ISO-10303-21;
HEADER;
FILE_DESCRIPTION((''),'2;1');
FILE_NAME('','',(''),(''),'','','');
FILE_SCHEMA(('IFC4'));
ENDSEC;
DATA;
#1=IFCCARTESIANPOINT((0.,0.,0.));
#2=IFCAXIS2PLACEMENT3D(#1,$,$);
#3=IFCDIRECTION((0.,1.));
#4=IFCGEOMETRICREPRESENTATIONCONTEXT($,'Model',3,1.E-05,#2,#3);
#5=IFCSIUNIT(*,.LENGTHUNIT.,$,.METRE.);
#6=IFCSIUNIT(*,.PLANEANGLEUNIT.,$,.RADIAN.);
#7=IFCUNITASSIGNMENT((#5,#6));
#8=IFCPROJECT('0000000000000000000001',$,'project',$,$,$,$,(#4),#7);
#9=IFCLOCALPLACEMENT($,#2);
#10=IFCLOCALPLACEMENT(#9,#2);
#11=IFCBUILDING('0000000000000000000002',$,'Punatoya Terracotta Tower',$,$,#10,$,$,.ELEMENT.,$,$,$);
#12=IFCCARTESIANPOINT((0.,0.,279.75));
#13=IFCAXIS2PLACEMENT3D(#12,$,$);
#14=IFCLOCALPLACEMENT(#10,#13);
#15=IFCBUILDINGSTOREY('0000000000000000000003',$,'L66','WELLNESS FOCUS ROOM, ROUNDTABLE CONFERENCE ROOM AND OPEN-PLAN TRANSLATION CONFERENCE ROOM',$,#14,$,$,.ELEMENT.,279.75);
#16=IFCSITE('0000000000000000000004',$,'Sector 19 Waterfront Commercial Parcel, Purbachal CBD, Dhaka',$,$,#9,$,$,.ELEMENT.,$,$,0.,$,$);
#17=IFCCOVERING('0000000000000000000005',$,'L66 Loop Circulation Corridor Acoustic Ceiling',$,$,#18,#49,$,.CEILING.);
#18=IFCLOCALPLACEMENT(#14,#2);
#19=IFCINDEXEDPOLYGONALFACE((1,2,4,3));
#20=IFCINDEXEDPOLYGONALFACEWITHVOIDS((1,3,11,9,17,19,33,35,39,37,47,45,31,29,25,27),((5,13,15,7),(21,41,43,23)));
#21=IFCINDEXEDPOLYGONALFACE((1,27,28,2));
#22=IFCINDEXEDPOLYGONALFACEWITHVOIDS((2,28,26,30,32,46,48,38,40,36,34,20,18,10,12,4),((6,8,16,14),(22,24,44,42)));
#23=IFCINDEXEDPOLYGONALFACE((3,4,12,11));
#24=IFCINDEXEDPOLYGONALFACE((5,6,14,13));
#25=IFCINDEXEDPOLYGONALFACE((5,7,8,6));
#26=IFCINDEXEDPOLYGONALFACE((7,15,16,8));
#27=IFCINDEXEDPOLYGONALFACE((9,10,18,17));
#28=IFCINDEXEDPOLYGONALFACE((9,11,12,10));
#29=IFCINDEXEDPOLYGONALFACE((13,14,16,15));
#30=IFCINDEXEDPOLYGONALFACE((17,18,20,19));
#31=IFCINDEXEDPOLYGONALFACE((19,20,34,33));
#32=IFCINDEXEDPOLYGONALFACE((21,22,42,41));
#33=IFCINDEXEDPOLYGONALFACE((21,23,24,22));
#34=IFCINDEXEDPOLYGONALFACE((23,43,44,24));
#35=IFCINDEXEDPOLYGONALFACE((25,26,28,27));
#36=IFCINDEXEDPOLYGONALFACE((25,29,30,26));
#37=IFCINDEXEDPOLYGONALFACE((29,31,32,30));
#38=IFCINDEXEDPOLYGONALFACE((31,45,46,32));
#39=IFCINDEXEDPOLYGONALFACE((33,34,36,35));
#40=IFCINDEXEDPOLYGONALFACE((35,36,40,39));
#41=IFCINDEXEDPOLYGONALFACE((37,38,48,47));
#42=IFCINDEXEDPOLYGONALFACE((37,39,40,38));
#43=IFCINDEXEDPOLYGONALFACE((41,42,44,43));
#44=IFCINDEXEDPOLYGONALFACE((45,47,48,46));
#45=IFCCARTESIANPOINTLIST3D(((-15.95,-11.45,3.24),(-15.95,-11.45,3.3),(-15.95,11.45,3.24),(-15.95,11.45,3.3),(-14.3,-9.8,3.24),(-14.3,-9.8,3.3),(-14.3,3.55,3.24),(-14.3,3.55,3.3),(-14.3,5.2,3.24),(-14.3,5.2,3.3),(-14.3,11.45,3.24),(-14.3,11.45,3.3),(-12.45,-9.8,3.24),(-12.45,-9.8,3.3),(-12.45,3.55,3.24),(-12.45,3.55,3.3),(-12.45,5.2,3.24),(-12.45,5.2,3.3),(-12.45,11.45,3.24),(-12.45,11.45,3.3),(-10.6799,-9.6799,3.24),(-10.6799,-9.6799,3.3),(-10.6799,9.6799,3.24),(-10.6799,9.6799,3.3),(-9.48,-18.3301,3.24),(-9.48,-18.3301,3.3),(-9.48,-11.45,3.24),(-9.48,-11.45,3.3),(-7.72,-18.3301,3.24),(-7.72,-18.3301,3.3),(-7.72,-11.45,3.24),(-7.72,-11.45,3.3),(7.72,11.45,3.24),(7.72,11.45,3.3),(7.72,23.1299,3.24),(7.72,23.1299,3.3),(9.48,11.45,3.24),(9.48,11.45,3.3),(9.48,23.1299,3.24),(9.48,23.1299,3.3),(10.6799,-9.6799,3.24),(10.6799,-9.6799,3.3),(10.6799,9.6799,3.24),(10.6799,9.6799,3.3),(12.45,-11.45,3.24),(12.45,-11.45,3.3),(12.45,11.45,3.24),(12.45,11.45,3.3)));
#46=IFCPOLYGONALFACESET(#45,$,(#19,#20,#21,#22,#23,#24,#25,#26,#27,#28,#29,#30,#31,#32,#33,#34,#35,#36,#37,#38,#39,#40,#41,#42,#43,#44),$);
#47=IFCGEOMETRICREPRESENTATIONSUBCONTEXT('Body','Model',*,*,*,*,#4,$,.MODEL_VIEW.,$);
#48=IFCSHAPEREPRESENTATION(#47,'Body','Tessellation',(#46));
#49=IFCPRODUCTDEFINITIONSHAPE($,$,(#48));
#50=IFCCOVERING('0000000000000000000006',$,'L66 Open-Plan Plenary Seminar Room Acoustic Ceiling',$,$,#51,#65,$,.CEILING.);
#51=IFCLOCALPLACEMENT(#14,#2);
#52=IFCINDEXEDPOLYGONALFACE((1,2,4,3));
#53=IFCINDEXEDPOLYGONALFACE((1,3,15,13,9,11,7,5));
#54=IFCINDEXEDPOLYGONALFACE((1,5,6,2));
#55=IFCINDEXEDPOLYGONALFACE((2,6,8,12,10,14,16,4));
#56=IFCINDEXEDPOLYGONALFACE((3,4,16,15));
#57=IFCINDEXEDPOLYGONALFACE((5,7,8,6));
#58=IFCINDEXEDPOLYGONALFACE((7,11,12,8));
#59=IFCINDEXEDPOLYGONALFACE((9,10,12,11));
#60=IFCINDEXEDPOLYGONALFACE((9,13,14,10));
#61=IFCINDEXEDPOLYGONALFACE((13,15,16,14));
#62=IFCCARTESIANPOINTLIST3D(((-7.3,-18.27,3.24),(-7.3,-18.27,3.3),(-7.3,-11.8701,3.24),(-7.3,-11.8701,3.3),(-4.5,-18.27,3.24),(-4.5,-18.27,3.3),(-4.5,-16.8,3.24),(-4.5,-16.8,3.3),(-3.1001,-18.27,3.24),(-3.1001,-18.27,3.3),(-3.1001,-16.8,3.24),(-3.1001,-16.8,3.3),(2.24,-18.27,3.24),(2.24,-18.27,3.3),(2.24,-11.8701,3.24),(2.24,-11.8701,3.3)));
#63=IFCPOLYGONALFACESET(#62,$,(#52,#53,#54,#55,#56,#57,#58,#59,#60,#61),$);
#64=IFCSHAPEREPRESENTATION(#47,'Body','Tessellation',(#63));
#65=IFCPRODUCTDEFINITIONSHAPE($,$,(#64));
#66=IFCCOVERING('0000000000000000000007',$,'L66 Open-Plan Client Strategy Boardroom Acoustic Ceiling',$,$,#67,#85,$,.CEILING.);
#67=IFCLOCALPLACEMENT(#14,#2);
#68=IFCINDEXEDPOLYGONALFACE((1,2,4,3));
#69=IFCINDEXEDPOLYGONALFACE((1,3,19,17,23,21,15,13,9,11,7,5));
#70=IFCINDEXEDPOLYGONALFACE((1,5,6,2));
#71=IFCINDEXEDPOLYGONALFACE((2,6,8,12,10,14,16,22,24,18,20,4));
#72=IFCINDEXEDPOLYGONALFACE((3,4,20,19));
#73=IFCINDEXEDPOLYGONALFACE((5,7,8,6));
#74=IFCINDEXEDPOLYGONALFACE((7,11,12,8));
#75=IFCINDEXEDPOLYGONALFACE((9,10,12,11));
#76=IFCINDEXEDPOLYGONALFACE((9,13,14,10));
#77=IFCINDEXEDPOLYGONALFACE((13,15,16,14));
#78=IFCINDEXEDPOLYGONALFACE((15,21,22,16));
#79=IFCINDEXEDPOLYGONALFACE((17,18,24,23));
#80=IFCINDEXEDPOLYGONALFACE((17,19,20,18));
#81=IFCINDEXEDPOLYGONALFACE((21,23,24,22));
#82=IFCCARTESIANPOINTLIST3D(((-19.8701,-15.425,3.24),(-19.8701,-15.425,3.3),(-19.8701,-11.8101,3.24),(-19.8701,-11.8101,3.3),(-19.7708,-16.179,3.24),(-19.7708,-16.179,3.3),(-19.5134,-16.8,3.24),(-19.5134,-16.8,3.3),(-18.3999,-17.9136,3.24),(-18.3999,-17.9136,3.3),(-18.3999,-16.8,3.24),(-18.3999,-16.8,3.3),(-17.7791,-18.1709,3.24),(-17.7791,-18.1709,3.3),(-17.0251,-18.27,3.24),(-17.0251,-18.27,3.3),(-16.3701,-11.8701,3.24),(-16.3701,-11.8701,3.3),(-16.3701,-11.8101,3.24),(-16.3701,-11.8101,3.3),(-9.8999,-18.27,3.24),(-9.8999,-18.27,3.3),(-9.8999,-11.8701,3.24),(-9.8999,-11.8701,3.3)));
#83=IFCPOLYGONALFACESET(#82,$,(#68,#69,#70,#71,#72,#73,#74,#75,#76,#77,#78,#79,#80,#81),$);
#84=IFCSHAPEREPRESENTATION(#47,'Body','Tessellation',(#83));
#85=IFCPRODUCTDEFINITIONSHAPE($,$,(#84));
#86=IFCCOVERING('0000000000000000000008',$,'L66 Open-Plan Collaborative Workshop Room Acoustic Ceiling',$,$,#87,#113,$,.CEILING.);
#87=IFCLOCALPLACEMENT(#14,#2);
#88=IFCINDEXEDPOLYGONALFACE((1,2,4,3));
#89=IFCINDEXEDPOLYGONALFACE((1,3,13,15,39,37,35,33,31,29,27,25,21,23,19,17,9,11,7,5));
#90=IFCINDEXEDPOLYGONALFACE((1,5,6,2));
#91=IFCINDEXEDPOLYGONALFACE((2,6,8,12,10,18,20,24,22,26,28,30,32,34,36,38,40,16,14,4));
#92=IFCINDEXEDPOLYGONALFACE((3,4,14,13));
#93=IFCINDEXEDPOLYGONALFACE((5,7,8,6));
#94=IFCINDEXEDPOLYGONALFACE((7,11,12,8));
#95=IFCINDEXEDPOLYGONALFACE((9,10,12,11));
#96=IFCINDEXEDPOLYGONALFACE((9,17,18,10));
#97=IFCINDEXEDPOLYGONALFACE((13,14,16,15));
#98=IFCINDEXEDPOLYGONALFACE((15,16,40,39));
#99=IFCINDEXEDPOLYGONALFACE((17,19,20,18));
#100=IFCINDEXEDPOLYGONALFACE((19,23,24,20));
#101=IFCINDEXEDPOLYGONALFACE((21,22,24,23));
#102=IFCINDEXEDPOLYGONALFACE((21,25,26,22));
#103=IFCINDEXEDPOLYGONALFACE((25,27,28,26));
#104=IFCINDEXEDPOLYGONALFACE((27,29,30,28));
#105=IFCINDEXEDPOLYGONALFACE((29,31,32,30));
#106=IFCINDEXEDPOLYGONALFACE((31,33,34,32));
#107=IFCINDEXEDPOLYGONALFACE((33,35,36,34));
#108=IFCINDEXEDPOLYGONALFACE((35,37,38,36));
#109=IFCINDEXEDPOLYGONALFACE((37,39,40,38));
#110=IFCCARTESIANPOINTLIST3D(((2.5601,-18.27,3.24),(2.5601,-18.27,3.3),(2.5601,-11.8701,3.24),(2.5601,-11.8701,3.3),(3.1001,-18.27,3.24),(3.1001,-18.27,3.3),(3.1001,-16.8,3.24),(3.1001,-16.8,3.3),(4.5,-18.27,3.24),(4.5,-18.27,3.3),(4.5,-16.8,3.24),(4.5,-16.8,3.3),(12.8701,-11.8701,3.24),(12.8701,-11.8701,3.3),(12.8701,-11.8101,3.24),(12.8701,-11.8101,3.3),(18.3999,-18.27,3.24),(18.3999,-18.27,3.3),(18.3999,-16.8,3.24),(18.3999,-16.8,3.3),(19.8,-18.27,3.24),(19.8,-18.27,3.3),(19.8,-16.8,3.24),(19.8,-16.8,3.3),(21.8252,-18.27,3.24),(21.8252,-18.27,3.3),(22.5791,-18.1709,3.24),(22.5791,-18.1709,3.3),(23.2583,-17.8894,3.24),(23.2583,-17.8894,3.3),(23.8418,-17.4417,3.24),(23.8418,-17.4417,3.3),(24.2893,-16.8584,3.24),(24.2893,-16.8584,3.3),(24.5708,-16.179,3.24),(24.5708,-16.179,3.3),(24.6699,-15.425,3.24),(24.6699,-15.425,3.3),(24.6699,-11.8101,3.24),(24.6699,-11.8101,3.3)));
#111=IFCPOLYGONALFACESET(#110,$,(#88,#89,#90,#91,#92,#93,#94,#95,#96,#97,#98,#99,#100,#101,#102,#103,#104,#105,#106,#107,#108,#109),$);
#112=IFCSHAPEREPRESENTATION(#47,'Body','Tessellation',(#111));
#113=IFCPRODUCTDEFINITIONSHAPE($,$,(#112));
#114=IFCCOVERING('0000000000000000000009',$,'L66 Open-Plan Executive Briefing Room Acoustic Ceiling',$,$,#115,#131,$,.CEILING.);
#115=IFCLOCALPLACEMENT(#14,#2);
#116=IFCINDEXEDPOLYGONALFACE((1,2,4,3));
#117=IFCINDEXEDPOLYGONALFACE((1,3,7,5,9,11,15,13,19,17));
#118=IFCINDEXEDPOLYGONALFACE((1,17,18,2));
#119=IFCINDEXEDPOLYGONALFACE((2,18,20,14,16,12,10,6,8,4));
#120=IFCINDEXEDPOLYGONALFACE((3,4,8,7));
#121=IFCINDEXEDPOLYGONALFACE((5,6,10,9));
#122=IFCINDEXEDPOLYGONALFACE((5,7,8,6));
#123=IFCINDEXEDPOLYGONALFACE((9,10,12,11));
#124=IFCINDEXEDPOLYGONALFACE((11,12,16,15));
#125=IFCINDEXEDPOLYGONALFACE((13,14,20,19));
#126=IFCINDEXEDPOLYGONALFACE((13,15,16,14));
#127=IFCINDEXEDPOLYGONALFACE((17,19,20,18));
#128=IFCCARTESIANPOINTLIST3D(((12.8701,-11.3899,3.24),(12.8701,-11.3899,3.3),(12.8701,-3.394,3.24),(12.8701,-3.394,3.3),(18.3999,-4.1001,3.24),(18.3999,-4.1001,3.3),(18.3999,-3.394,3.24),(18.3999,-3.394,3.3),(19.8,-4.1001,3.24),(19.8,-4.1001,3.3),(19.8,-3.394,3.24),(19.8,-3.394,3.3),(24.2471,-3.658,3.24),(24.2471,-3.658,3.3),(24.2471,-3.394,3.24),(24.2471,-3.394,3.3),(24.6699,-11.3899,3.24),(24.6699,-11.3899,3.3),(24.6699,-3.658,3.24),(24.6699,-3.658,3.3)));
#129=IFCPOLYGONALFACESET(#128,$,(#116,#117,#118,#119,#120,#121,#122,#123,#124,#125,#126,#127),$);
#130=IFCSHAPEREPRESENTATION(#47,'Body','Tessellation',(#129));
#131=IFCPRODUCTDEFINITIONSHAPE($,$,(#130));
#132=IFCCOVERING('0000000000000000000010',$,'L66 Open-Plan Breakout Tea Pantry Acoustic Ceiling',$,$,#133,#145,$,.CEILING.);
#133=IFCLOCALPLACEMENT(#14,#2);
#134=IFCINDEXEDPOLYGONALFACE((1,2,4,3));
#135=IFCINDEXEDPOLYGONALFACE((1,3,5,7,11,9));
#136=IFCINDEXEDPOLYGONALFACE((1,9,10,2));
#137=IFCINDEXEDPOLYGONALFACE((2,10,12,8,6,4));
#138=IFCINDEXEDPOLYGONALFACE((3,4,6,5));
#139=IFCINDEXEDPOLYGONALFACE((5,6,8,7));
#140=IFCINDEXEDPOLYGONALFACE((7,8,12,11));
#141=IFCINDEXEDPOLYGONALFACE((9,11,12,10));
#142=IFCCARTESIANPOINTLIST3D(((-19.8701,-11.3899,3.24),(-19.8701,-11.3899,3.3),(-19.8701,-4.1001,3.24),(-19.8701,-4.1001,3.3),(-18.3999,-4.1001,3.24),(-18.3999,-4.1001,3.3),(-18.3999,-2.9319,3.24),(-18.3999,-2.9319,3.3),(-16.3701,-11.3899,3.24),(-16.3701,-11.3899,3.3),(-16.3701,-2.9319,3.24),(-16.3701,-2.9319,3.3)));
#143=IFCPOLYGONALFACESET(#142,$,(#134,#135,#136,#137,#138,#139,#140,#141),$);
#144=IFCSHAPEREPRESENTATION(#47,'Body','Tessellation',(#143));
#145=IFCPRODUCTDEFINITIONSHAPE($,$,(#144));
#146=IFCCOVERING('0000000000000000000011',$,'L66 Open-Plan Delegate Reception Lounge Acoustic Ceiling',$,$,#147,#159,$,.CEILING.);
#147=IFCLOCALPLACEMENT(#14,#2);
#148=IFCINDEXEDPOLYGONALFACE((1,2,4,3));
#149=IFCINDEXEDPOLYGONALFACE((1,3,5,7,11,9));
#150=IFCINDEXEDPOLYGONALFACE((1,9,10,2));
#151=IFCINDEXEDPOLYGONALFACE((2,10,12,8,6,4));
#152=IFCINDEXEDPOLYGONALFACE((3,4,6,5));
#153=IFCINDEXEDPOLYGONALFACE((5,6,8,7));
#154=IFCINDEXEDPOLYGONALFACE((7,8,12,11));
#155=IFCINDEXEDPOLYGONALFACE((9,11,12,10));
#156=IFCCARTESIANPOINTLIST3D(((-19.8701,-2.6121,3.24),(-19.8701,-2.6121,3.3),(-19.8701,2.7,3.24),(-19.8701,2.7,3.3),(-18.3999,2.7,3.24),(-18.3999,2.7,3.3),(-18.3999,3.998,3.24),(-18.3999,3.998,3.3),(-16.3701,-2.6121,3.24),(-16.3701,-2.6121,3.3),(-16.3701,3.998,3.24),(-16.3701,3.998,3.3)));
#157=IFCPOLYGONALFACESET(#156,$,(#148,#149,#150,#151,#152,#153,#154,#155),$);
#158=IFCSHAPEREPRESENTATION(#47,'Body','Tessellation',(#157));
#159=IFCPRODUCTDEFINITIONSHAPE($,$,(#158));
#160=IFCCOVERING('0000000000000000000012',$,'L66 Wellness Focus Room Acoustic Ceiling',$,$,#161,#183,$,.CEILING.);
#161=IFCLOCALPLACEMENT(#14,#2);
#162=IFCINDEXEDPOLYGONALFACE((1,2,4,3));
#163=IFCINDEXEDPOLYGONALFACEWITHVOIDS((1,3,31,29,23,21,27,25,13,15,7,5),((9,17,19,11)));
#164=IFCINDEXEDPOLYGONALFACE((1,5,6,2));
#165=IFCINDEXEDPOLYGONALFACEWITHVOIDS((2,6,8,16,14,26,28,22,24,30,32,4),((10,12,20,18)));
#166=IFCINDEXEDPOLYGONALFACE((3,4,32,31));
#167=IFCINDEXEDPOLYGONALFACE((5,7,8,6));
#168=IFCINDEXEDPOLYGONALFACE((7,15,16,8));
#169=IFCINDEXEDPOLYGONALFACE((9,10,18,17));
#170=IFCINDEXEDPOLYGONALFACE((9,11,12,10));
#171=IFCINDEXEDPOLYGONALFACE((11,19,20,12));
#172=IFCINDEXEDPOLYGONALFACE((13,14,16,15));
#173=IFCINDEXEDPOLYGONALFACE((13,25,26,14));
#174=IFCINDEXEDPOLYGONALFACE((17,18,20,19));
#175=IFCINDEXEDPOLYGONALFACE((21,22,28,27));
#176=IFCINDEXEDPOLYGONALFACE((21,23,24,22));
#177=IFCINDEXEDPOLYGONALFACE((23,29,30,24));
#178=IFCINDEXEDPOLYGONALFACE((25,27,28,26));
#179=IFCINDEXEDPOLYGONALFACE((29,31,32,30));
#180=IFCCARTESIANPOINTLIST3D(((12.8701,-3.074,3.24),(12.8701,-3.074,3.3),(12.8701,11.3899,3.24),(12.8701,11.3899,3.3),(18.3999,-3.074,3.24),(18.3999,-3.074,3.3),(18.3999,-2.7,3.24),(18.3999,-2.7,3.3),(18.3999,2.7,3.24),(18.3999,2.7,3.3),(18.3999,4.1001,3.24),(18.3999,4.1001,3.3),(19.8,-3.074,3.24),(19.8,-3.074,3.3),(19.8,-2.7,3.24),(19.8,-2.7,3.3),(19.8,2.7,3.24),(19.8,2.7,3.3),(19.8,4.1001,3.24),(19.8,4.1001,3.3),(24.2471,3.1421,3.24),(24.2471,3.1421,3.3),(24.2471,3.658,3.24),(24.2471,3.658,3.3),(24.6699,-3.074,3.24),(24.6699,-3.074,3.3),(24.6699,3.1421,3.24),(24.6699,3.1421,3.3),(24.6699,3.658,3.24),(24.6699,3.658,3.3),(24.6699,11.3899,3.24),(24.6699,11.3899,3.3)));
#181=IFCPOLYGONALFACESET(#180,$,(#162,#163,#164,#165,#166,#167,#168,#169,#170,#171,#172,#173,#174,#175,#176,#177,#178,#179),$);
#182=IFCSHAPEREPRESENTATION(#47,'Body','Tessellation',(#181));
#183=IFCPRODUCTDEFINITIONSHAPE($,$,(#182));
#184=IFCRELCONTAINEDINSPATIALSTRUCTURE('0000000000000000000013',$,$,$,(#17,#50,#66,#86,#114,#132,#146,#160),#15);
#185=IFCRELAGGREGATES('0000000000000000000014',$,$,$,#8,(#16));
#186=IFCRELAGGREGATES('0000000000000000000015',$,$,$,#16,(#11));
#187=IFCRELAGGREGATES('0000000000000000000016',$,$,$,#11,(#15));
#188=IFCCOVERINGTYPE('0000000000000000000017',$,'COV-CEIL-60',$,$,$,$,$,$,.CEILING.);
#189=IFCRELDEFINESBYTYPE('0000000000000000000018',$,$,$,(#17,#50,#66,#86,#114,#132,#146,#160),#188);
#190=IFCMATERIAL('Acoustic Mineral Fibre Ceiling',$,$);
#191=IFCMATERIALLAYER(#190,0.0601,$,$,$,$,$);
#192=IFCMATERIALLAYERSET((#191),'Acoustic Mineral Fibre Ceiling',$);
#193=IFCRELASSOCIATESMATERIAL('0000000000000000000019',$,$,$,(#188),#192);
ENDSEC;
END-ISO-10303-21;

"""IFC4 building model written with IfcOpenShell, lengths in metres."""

from ifc_helpers import new_model, si_unit, direction, frame, origin, place, context, subcontext, project, spatial, polyline, outline, extrude, material, layer, layer_set, type_object, element, save


model = new_model("IFC4")

# Units and contexts
model_context = context("Model", 3, precision=1e-05, world=origin(), true_north=direction((0.0, 1.0)))
body_context = subcontext(model_context, "Body", "Model", "MODEL_VIEW")
ifc_project = project(units=[si_unit("LENGTHUNIT", "METRE"), si_unit("PLANEANGLEUNIT", "RADIAN")], contexts=[model_context])

# Site, building, storey
site_placement = place(None, origin())
site = spatial("IfcSite", under=ifc_project, at=site_placement, Name="Sector 19 Waterfront Commercial Parcel, Purbachal CBD, Dhaka", CompositionType="ELEMENT", RefElevation=0.0)
building_placement = place(site_placement, origin())
building = spatial("IfcBuilding", under=site, at=building_placement, Name="Punatoya Terracotta Tower", CompositionType="ELEMENT")
storey_placement = place(building_placement, frame((0.0, 0.0, 279.75)))
storey = spatial("IfcBuildingStorey", under=building, at=storey_placement, Name="L66", Description="WELLNESS FOCUS ROOM, ROUNDTABLE CONFERENCE ROOM AND OPEN-PLAN TRANSLATION CONFERENCE ROOM", CompositionType="ELEMENT", Elevation=279.75)

# Coverings
ifc_material_1 = material(Name="Acoustic Mineral Fibre Ceiling")
ifc_layer_1 = layer(ifc_material_1, 0.0601)
ifc_layer_set_1 = layer_set([ifc_layer_1], Name="Acoustic Mineral Fibre Ceiling")
covering_type = type_object("IfcCoveringType", Name="COV-CEIL-60", PredefinedType="CEILING", material=ifc_layer_set_1)
covering_1_placement = place(storey_placement, frame((0.0, 0.0, 3.24)))
element("IfcCovering", 1, at=covering_1_placement, inside=storey, type_object=covering_type, Name="L66 Loop Circulation Corridor Acoustic Ceiling", PredefinedType="CEILING", context=body_context, shape_type="SweptSolid", body=[
    extrude(outline(polyline([(-12.45, 5.2), (-14.3, 5.2), (-14.3, 11.45), (-15.95, 11.45), (-15.95, -11.45), (-9.48, -11.45), (-9.48, -18.3301), (-7.72, -18.3301), (-7.72, -11.45), (12.45, -11.45), (12.45, 11.45), (9.48, 11.45), (9.48, 23.1299), (7.72, 23.1299), (7.72, 11.45), (-12.45, 11.45), (-12.45, 5.2)]), holes=[polyline([(10.6799, -9.6799), (-10.6799, -9.6799), (-10.6799, 9.6799), (10.6799, 9.6799), (10.6799, -9.6799)]), polyline([(-12.45, -9.8), (-14.3, -9.8), (-14.3, 3.55), (-12.45, 3.55), (-12.45, -9.8)])]), origin(), (0.0, 0.0, 1.0), 0.0601),
])
covering_2_placement = place(storey_placement, frame((0.0, 0.0, 3.24)))
element("IfcCovering", 2, at=covering_2_placement, inside=storey, type_object=covering_type, Name="L66 Open-Plan Plenary Seminar Room Acoustic Ceiling", PredefinedType="CEILING", context=body_context, shape_type="SweptSolid", body=[
    extrude(outline(polyline([(-7.3, -18.27), (-4.5, -18.27), (-4.5, -16.8), (-3.1001, -16.8), (-3.1001, -18.27), (2.24, -18.27), (2.24, -11.8701), (-7.3, -11.8701), (-7.3, -18.27)])), origin(), (0.0, 0.0, 1.0), 0.0601),
])
covering_3_placement = place(storey_placement, frame((0.0, 0.0, 3.24)))
element("IfcCovering", 3, at=covering_3_placement, inside=storey, type_object=covering_type, Name="L66 Open-Plan Client Strategy Boardroom Acoustic Ceiling", PredefinedType="CEILING", context=body_context, shape_type="SweptSolid", body=[
    extrude(outline(polyline([(-17.0251, -18.27), (-9.8999, -18.27), (-9.8999, -11.8701), (-16.3701, -11.8701), (-16.3701, -11.8101), (-19.8701, -11.8101), (-19.8701, -15.425), (-19.7708, -16.179), (-19.5134, -16.8), (-18.3999, -16.8), (-18.3999, -17.9136), (-17.7791, -18.1709), (-17.0251, -18.27)])), origin(), (0.0, 0.0, 1.0), 0.0601),
])
covering_4_placement = place(storey_placement, frame((0.0, 0.0, 3.24)))
element("IfcCovering", 4, at=covering_4_placement, inside=storey, type_object=covering_type, Name="L66 Open-Plan Collaborative Workshop Room Acoustic Ceiling", PredefinedType="CEILING", context=body_context, shape_type="SweptSolid", body=[
    extrude(outline(polyline([(3.1001, -18.27), (3.1001, -16.8), (4.5, -16.8), (4.5, -18.27), (18.3999, -18.27), (18.3999, -16.8), (19.8, -16.8), (19.8, -18.27), (21.8252, -18.27), (22.5791, -18.1709), (23.2583, -17.8894), (23.8418, -17.4417), (24.2893, -16.8584), (24.5708, -16.179), (24.6699, -15.425), (24.6699, -11.8101), (12.8701, -11.8101), (12.8701, -11.8701), (2.5601, -11.8701), (2.5601, -18.27), (3.1001, -18.27)])), origin(), (0.0, 0.0, 1.0), 0.0601),
])
covering_5_placement = place(storey_placement, frame((0.0, 0.0, 3.24)))
element("IfcCovering", 5, at=covering_5_placement, inside=storey, type_object=covering_type, Name="L66 Open-Plan Executive Briefing Room Acoustic Ceiling", PredefinedType="CEILING", context=body_context, shape_type="SweptSolid", body=[
    extrude(outline(polyline([(24.2471, -3.658), (24.2471, -3.394), (19.8, -3.394), (19.8, -4.1001), (18.3999, -4.1001), (18.3999, -3.394), (12.8701, -3.394), (12.8701, -11.3899), (24.6699, -11.3899), (24.6699, -3.658), (24.2471, -3.658)])), origin(), (0.0, 0.0, 1.0), 0.0601),
])
covering_6_placement = place(storey_placement, frame((0.0, 0.0, 3.24)))
element("IfcCovering", 6, at=covering_6_placement, inside=storey, type_object=covering_type, Name="L66 Open-Plan Breakout Tea Pantry Acoustic Ceiling", PredefinedType="CEILING", context=body_context, shape_type="SweptSolid", body=[
    extrude(outline(polyline([(-19.8701, -4.1001), (-19.8701, -11.3899), (-16.3701, -11.3899), (-16.3701, -2.9319), (-18.3999, -2.9319), (-18.3999, -4.1001), (-19.8701, -4.1001)])), origin(), (0.0, 0.0, 1.0), 0.0601),
])
covering_7_placement = place(storey_placement, frame((0.0, 0.0, 3.24)))
element("IfcCovering", 7, at=covering_7_placement, inside=storey, type_object=covering_type, Name="L66 Open-Plan Delegate Reception Lounge Acoustic Ceiling", PredefinedType="CEILING", context=body_context, shape_type="SweptSolid", body=[
    extrude(outline(polyline([(-19.8701, 2.7), (-19.8701, -2.6121), (-16.3701, -2.6121), (-16.3701, 3.998), (-18.3999, 3.998), (-18.3999, 2.7), (-19.8701, 2.7)])), origin(), (0.0, 0.0, 1.0), 0.0601),
])
covering_8_placement = place(storey_placement, frame((0.0, 0.0, 3.24)))
element("IfcCovering", 8, at=covering_8_placement, inside=storey, type_object=covering_type, Name="L66 Wellness Focus Room Acoustic Ceiling", PredefinedType="CEILING", context=body_context, shape_type="SweptSolid", body=[
    extrude(outline(polyline([(24.6699, 3.658), (24.6699, 11.3899), (12.8701, 11.3899), (12.8701, -3.074), (18.3999, -3.074), (18.3999, -2.7), (19.8, -2.7), (19.8, -3.074), (24.6699, -3.074), (24.6699, 3.1421), (24.2471, 3.1421), (24.2471, 3.658), (24.6699, 3.658)]), holes=[polyline([(18.3999, 4.1001), (19.8, 4.1001), (19.8, 2.7), (18.3999, 2.7), (18.3999, 4.1001)])]), origin(), (0.0, 0.0, 1.0), 0.0601),
])

save(model, "model.ifc")
